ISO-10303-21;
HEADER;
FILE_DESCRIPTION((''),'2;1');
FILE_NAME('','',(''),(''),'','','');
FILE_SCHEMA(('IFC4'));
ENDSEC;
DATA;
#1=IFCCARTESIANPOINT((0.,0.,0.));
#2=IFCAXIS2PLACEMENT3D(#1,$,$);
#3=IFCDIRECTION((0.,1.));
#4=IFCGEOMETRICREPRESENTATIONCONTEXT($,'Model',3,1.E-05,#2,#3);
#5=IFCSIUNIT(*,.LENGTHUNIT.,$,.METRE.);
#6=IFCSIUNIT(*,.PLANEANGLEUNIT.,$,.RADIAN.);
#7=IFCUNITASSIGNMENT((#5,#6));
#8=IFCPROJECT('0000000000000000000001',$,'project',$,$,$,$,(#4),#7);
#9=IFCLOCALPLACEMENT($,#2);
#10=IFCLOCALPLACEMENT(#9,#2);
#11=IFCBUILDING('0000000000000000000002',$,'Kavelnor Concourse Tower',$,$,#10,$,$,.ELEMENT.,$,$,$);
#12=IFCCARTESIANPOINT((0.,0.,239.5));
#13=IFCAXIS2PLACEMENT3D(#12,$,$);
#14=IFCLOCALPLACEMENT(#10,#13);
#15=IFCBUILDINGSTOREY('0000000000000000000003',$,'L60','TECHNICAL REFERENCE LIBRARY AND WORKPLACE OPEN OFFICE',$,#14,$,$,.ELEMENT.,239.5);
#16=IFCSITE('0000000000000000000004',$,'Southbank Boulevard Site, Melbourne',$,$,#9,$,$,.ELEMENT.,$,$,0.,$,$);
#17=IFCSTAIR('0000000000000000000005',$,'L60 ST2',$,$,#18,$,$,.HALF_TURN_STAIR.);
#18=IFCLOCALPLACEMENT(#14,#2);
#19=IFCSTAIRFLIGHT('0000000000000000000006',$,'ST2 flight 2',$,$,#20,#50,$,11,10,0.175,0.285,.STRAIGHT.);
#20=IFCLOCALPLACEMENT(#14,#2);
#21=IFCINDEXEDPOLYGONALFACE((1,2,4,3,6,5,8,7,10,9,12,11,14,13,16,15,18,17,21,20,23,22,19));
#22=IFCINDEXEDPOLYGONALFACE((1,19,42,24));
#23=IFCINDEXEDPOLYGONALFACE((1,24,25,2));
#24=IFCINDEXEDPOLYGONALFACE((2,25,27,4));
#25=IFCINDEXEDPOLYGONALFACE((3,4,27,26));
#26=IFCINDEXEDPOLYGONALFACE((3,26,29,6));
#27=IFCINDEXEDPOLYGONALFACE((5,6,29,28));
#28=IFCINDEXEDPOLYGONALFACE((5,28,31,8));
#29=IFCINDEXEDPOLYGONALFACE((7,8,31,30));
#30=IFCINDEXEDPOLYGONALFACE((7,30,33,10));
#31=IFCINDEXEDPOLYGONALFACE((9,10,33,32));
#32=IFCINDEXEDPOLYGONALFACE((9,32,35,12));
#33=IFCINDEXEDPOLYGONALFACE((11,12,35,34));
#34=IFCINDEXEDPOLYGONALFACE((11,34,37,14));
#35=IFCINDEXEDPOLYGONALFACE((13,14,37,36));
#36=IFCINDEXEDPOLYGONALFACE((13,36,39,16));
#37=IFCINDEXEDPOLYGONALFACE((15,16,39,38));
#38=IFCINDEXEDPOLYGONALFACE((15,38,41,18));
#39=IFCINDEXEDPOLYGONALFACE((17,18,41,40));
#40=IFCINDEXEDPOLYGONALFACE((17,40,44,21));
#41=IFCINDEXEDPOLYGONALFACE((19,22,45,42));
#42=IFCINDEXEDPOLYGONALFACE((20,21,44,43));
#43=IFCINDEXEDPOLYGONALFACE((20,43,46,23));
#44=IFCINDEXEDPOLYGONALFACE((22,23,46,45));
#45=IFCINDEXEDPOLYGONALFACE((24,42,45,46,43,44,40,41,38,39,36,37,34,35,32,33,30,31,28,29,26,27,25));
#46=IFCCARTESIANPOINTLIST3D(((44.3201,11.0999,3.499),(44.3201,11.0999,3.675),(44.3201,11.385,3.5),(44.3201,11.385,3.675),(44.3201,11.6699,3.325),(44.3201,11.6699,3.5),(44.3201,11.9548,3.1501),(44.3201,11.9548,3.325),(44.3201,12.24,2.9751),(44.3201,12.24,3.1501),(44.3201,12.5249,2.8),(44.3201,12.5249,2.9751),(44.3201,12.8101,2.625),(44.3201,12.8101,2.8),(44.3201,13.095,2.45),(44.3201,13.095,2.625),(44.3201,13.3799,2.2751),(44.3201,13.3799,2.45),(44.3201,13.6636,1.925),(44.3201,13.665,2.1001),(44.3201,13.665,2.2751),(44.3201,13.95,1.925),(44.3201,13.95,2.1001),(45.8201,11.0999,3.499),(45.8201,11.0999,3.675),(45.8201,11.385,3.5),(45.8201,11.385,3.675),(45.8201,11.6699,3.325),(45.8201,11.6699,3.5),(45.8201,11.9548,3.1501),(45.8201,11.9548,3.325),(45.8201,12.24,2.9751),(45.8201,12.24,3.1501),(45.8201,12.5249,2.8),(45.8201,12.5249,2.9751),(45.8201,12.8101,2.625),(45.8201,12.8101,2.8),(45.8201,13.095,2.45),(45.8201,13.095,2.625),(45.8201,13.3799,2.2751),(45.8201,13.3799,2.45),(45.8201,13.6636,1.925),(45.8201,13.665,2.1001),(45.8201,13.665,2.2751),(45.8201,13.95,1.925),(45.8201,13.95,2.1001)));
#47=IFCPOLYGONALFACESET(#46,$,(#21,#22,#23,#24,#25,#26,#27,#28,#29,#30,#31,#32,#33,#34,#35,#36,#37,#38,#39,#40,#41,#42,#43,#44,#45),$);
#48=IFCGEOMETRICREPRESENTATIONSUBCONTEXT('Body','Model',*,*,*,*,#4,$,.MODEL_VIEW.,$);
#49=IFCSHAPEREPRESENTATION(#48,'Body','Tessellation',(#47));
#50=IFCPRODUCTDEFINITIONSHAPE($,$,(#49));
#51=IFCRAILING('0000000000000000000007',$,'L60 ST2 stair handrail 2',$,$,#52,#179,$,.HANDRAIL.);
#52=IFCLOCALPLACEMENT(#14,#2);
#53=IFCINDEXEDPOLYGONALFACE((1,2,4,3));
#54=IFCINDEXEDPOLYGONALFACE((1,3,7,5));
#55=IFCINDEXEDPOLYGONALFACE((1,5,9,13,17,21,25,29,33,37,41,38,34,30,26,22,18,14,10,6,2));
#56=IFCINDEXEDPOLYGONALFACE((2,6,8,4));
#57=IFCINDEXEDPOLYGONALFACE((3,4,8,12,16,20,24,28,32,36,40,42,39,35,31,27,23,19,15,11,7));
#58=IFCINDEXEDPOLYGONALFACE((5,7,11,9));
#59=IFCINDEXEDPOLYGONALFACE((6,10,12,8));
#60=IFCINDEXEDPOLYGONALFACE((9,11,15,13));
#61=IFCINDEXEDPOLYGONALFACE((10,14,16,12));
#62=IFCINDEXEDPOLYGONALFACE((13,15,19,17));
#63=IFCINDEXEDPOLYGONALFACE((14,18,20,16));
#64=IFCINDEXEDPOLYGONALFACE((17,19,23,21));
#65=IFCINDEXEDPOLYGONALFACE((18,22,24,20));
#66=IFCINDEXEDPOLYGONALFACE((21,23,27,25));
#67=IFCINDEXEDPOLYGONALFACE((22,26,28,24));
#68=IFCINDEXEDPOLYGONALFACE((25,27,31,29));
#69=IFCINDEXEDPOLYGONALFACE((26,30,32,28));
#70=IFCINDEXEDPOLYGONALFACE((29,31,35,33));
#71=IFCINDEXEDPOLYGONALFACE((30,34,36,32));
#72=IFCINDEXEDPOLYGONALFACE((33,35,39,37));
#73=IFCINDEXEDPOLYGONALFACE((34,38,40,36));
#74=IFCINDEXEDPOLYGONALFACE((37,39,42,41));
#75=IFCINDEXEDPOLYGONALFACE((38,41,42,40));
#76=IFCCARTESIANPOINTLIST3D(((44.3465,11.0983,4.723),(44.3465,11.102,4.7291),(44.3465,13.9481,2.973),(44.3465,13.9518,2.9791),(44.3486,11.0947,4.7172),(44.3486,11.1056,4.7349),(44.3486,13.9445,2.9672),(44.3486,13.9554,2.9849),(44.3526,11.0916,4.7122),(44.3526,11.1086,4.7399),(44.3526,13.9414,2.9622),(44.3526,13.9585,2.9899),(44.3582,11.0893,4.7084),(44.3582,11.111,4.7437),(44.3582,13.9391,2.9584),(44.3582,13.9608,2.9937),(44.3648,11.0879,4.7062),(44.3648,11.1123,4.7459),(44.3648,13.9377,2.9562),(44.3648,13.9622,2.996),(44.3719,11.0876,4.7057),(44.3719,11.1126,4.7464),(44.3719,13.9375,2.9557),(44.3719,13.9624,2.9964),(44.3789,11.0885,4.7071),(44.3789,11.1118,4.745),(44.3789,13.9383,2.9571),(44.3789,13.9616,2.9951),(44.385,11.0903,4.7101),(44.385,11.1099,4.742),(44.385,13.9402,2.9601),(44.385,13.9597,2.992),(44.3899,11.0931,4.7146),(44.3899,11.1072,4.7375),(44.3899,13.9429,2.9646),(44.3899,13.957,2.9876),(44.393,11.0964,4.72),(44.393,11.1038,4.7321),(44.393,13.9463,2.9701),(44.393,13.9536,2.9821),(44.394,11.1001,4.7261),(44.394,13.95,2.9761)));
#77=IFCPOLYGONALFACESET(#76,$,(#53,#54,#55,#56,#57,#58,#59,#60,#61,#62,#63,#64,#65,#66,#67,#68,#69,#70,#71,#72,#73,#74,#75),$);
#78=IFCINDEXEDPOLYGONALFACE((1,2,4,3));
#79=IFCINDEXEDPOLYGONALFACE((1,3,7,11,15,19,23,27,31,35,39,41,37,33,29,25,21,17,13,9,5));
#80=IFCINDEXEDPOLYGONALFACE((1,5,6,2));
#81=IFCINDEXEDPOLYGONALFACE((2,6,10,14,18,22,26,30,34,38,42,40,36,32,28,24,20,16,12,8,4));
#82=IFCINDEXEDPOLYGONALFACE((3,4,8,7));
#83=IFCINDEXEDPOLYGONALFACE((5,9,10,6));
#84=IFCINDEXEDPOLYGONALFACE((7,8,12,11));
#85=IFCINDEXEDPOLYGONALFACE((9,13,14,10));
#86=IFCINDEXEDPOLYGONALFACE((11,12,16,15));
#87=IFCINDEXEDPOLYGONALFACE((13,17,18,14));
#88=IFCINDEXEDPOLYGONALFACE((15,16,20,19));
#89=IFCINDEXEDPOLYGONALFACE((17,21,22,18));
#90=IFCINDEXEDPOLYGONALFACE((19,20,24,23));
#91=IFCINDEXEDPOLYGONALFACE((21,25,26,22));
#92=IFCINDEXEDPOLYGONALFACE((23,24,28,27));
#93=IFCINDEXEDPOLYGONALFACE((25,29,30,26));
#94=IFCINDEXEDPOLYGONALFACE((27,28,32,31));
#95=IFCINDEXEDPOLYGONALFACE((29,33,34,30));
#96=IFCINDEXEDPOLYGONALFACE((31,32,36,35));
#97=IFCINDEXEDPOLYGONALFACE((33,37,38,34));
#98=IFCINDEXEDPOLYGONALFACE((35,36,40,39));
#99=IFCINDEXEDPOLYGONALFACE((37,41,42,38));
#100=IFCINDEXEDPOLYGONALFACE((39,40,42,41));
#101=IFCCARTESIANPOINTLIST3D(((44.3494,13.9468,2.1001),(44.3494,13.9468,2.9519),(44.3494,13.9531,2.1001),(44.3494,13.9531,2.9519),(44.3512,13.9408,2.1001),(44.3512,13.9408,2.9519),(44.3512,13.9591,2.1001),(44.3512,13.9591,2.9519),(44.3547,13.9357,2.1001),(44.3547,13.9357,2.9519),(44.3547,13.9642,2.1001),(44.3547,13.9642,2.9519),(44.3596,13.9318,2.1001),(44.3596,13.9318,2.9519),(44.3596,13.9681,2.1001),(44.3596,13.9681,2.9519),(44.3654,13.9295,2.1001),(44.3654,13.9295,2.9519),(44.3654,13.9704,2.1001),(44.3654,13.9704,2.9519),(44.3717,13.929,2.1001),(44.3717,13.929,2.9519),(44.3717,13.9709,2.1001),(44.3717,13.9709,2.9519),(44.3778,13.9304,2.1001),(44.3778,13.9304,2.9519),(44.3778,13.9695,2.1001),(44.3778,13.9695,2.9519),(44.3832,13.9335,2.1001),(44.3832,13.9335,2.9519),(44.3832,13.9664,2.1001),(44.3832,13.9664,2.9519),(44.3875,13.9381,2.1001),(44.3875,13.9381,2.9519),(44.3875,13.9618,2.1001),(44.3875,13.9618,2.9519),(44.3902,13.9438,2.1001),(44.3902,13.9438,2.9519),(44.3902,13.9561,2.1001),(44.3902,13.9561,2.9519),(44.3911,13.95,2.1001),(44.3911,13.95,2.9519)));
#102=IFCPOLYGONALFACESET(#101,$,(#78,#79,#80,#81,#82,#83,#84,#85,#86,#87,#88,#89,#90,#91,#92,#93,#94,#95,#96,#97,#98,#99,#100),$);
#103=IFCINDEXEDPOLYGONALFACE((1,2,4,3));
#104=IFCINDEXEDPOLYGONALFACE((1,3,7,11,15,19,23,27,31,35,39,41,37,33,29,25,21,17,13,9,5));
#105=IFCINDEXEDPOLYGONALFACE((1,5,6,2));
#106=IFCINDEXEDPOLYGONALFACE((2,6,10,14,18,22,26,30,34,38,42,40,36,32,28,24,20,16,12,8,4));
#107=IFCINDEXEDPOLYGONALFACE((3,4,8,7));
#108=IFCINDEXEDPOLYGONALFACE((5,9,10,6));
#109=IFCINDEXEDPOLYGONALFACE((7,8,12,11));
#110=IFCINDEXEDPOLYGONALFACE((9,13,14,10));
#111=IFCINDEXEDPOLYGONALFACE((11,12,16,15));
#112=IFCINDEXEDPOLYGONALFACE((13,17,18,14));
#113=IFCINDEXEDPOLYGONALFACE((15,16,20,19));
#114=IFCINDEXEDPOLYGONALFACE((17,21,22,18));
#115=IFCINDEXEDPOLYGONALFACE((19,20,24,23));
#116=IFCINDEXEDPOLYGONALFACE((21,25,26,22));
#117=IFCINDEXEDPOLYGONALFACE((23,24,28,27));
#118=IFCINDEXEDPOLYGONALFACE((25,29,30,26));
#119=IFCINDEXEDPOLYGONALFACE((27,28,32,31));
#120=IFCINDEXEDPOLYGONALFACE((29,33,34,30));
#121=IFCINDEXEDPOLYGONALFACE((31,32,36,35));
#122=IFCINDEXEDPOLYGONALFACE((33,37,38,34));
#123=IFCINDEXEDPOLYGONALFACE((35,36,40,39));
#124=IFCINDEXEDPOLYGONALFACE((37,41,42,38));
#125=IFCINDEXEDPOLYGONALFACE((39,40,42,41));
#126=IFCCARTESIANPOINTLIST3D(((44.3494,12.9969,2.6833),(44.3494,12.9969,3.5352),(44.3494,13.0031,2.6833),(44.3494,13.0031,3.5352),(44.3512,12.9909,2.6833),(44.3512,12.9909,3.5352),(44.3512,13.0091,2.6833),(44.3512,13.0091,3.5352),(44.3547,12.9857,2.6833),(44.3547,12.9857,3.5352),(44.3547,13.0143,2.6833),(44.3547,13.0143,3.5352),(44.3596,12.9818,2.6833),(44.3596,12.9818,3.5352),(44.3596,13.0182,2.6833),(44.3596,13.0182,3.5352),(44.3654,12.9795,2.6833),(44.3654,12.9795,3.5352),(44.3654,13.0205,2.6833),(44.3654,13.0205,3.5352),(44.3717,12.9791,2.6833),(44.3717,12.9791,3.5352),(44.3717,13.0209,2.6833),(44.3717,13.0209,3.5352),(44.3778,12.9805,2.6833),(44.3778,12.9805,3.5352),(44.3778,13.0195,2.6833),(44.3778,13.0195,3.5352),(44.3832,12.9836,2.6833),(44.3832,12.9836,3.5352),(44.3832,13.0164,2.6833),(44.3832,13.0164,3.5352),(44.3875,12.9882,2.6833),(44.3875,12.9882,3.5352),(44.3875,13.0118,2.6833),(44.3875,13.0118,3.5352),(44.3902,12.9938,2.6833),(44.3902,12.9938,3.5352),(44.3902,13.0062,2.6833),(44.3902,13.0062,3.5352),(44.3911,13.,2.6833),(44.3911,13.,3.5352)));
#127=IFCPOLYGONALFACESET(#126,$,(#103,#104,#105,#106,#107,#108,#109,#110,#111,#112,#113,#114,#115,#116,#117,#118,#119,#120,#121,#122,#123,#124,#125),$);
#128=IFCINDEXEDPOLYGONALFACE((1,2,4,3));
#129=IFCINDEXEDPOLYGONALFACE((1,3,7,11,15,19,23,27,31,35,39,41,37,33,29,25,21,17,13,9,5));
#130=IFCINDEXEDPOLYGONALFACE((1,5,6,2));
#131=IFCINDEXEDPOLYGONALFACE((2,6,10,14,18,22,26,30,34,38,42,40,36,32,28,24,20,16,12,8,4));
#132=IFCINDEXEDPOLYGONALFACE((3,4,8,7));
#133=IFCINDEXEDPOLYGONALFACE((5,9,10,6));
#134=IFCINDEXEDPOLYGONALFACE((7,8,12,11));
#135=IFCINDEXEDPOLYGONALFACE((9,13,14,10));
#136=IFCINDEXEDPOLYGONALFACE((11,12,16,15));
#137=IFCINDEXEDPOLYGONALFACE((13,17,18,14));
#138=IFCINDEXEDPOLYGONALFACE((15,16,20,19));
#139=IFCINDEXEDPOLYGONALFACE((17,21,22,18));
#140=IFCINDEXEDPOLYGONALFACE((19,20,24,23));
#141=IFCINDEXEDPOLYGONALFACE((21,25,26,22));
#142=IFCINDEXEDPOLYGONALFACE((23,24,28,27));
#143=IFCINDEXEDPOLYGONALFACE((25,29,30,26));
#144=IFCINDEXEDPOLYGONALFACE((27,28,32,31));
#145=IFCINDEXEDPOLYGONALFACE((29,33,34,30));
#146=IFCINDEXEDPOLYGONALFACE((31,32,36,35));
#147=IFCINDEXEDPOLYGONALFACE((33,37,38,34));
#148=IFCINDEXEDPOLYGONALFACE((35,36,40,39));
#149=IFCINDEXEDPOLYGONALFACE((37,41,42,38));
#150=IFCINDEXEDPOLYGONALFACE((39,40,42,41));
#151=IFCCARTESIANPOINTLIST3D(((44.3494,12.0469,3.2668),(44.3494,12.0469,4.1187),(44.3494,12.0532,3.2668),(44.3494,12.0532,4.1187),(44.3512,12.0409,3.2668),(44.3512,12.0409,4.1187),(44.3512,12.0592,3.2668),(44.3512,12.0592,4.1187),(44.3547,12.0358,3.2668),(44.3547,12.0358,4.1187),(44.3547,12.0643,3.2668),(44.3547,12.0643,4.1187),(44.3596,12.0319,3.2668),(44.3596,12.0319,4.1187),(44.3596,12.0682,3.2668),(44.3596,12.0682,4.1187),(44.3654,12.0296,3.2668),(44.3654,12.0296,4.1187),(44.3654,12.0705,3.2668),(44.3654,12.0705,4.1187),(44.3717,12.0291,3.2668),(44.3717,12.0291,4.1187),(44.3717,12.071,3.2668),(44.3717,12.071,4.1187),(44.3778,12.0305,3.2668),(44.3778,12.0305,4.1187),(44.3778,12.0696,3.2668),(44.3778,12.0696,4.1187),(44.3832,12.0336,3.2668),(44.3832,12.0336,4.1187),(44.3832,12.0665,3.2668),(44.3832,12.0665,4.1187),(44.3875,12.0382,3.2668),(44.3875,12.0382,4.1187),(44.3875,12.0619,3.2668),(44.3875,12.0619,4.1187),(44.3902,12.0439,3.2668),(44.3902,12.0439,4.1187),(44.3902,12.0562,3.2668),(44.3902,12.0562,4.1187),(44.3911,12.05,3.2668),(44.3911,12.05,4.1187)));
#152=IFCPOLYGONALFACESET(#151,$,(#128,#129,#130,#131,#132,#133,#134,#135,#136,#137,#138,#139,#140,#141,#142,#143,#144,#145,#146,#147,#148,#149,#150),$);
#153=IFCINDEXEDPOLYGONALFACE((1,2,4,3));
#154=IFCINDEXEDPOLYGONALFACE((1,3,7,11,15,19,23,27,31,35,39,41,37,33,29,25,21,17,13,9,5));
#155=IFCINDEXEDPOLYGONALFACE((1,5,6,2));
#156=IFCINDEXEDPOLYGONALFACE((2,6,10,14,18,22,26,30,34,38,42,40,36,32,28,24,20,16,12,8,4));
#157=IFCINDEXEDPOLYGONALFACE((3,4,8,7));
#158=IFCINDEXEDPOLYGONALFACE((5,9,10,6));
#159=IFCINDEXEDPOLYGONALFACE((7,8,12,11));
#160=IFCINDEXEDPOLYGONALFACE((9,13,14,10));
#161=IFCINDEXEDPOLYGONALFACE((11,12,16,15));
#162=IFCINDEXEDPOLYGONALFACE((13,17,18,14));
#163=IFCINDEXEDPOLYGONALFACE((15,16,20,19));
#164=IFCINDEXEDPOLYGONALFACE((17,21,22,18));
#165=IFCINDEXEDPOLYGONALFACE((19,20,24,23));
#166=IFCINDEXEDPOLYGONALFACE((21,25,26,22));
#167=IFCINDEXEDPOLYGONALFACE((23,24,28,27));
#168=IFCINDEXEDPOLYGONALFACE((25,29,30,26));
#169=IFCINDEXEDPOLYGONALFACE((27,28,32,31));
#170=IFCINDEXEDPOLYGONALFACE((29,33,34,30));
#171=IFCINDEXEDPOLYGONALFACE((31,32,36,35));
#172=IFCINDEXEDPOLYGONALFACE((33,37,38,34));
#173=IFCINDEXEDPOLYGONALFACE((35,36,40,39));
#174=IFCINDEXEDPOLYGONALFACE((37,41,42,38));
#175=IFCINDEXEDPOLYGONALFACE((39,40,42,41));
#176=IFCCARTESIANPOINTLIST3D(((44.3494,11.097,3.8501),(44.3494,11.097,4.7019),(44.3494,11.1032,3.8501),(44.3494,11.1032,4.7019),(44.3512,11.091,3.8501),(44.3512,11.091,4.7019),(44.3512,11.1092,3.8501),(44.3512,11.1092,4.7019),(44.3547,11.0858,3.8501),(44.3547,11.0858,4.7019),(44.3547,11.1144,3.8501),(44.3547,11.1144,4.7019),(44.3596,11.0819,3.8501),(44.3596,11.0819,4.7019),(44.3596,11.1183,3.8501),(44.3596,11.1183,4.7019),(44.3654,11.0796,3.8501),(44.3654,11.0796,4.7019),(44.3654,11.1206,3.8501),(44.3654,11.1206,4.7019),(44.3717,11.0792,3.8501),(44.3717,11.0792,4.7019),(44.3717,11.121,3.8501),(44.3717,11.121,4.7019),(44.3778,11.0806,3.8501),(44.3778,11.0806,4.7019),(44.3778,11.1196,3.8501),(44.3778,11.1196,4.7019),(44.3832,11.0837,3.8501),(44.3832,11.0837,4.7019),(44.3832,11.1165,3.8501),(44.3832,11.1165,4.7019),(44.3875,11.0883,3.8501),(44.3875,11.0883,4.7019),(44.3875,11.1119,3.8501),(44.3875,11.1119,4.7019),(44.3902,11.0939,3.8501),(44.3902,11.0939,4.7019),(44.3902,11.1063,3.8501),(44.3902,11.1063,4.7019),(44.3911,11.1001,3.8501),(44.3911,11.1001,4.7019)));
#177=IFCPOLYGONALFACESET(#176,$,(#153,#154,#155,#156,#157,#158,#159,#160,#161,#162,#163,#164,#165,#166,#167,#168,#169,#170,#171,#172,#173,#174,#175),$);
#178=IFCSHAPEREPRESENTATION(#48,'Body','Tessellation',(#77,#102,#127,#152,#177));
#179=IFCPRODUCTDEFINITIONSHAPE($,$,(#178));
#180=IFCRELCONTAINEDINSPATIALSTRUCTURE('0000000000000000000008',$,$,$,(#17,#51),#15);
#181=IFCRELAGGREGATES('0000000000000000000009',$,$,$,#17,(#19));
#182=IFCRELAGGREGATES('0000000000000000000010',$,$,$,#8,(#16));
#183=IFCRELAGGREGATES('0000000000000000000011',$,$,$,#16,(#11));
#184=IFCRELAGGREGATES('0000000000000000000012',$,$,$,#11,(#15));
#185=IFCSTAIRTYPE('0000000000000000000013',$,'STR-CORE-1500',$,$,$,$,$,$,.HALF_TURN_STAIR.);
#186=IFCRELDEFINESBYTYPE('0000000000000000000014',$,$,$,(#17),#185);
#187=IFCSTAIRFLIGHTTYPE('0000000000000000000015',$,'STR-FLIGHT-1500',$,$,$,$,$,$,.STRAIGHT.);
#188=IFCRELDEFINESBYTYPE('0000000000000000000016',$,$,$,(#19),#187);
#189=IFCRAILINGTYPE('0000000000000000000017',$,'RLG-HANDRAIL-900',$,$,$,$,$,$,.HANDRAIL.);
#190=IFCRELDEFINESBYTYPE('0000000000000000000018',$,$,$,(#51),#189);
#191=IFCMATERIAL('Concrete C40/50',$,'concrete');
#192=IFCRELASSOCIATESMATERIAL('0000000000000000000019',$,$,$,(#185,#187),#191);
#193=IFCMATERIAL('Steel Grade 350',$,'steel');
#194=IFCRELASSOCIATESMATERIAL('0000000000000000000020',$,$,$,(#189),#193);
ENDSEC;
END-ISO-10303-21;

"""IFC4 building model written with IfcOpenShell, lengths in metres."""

from ifc_helpers import new_model, si_unit, direction, frame, origin, origin_2d, place, context, subcontext, project, spatial, polyline, circle, outline, extrude, material, type_object, element, aggregate, save


model = new_model("IFC4")

# Units and contexts
model_context = context("Model", 3, precision=1e-05, world=origin(), true_north=direction((0.0, 1.0)))
body_context = subcontext(model_context, "Body", "Model", "MODEL_VIEW")
ifc_project = project(units=[si_unit("LENGTHUNIT", "METRE"), si_unit("PLANEANGLEUNIT", "RADIAN")], contexts=[model_context])

# Site, building, storey
site_placement = place(None, origin())
site = spatial("IfcSite", under=ifc_project, at=site_placement, Name="Southbank Boulevard Site, Melbourne", CompositionType="ELEMENT", RefElevation=0.0)
building_placement = place(site_placement, origin())
building = spatial("IfcBuilding", under=site, at=building_placement, Name="Kavelnor Concourse Tower", CompositionType="ELEMENT")
storey_placement = place(building_placement, frame((0.0, 0.0, 239.5)))
storey = spatial("IfcBuildingStorey", under=building, at=storey_placement, Name="L60", Description="TECHNICAL REFERENCE LIBRARY AND WORKPLACE OPEN OFFICE", CompositionType="ELEMENT", Elevation=239.5)

# Shared definitions
ifc_material_1 = material(Name="Steel Grade 350", Category="steel")

# Stair, stair flight
ifc_material_2 = material(Name="Concrete C40/50", Category="concrete")
stair_type = type_object("IfcStairType", Name="STR-CORE-1500", PredefinedType="HALF_TURN_STAIR", material=ifc_material_2)
stair_placement = place(storey_placement, origin())
stair = element("IfcStair", 1, at=stair_placement, inside=storey, type_object=stair_type, Name="L60 ST2", PredefinedType="HALF_TURN_STAIR")
stair_flight_type = type_object("IfcStairFlightType", Name="STR-FLIGHT-1500", PredefinedType="STRAIGHT", material=ifc_material_2)
stair_flight_placement = place(storey_placement, frame((45.0701, 13.95, 1.925), z_axis=(0.0, 0.0, 1.0), x_axis=(0.0, -1.0, 0.0)))
stair_flight = element("IfcStairFlight", 2, at=stair_flight_placement, type_object=stair_flight_type, Name="ST2 flight 2", NumberOfRisers=11, NumberOfTreads=10, PredefinedType="STRAIGHT", RiserHeight=0.175, TreadLength=0.285, context=body_context, shape_type="SweptSolid", body=[
    extrude(outline(polyline([(0.0, 0.0), (0.0, 0.175), (0.2849, 0.175), (0.2849, 0.3501), (0.5701, 0.3501), (0.5701, 0.5249), (0.855, 0.5249), (0.855, 0.7), (1.1399, 0.7), (1.1399, 0.875), (1.425, 0.875), (1.425, 1.05), (1.71, 1.05), (1.71, 1.2251), (1.9951, 1.2251), (1.9951, 1.3999), (2.28, 1.3999), (2.28, 1.575), (2.5649, 1.575), (2.5649, 1.75), (2.8501, 1.75), (2.8501, 1.925), (2.8501, 1.574), (0.2864, 0.0), (0.0, 0.0)])), frame((0.0, 0.75, 0.0), z_axis=(0.0, -1.0, 0.0), x_axis=(1.0, 0.0, 0.0)), (0.0, 0.0, 1.0), 1.5),
])
aggregate(stair, [stair_flight])

# Railing
railing_type = type_object("IfcRailingType", Name="RLG-HANDRAIL-900", PredefinedType="HANDRAIL", material=ifc_material_1)
railing_placement = place(storey_placement, frame((44.3701, 13.95, 2.1001)))
element("IfcRailing", 3, at=railing_placement, inside=storey, type_object=railing_type, Name="L60 ST2 stair handrail 2", PredefinedType="HANDRAIL", context=body_context, shape_type="SweptSolid", body=[
    extrude(circle(Radius=0.0239, at=origin_2d()), frame((0.0, 0.0, 0.876), z_axis=(0.0, -0.852159, 0.523283), x_axis=(1.0, 0.0, 0.0)), (0.0, 0.0, 1.0), 3.3442),
    extrude(circle(Radius=0.021, at=origin_2d()), origin(), (0.0, 0.0, 1.0), 0.8518),
    extrude(circle(Radius=0.021, at=origin_2d()), frame((0.0, -0.95, 0.5833)), (0.0, 0.0, 1.0), 0.8518),
    extrude(circle(Radius=0.021, at=origin_2d()), frame((0.0, -1.8999, 1.1667)), (0.0, 0.0, 1.0), 0.8518),
    extrude(circle(Radius=0.021, at=origin_2d()), frame((0.0, -2.8499, 1.75)), (0.0, 0.0, 1.0), 0.8518),
])

save(model, "model.ifc")
